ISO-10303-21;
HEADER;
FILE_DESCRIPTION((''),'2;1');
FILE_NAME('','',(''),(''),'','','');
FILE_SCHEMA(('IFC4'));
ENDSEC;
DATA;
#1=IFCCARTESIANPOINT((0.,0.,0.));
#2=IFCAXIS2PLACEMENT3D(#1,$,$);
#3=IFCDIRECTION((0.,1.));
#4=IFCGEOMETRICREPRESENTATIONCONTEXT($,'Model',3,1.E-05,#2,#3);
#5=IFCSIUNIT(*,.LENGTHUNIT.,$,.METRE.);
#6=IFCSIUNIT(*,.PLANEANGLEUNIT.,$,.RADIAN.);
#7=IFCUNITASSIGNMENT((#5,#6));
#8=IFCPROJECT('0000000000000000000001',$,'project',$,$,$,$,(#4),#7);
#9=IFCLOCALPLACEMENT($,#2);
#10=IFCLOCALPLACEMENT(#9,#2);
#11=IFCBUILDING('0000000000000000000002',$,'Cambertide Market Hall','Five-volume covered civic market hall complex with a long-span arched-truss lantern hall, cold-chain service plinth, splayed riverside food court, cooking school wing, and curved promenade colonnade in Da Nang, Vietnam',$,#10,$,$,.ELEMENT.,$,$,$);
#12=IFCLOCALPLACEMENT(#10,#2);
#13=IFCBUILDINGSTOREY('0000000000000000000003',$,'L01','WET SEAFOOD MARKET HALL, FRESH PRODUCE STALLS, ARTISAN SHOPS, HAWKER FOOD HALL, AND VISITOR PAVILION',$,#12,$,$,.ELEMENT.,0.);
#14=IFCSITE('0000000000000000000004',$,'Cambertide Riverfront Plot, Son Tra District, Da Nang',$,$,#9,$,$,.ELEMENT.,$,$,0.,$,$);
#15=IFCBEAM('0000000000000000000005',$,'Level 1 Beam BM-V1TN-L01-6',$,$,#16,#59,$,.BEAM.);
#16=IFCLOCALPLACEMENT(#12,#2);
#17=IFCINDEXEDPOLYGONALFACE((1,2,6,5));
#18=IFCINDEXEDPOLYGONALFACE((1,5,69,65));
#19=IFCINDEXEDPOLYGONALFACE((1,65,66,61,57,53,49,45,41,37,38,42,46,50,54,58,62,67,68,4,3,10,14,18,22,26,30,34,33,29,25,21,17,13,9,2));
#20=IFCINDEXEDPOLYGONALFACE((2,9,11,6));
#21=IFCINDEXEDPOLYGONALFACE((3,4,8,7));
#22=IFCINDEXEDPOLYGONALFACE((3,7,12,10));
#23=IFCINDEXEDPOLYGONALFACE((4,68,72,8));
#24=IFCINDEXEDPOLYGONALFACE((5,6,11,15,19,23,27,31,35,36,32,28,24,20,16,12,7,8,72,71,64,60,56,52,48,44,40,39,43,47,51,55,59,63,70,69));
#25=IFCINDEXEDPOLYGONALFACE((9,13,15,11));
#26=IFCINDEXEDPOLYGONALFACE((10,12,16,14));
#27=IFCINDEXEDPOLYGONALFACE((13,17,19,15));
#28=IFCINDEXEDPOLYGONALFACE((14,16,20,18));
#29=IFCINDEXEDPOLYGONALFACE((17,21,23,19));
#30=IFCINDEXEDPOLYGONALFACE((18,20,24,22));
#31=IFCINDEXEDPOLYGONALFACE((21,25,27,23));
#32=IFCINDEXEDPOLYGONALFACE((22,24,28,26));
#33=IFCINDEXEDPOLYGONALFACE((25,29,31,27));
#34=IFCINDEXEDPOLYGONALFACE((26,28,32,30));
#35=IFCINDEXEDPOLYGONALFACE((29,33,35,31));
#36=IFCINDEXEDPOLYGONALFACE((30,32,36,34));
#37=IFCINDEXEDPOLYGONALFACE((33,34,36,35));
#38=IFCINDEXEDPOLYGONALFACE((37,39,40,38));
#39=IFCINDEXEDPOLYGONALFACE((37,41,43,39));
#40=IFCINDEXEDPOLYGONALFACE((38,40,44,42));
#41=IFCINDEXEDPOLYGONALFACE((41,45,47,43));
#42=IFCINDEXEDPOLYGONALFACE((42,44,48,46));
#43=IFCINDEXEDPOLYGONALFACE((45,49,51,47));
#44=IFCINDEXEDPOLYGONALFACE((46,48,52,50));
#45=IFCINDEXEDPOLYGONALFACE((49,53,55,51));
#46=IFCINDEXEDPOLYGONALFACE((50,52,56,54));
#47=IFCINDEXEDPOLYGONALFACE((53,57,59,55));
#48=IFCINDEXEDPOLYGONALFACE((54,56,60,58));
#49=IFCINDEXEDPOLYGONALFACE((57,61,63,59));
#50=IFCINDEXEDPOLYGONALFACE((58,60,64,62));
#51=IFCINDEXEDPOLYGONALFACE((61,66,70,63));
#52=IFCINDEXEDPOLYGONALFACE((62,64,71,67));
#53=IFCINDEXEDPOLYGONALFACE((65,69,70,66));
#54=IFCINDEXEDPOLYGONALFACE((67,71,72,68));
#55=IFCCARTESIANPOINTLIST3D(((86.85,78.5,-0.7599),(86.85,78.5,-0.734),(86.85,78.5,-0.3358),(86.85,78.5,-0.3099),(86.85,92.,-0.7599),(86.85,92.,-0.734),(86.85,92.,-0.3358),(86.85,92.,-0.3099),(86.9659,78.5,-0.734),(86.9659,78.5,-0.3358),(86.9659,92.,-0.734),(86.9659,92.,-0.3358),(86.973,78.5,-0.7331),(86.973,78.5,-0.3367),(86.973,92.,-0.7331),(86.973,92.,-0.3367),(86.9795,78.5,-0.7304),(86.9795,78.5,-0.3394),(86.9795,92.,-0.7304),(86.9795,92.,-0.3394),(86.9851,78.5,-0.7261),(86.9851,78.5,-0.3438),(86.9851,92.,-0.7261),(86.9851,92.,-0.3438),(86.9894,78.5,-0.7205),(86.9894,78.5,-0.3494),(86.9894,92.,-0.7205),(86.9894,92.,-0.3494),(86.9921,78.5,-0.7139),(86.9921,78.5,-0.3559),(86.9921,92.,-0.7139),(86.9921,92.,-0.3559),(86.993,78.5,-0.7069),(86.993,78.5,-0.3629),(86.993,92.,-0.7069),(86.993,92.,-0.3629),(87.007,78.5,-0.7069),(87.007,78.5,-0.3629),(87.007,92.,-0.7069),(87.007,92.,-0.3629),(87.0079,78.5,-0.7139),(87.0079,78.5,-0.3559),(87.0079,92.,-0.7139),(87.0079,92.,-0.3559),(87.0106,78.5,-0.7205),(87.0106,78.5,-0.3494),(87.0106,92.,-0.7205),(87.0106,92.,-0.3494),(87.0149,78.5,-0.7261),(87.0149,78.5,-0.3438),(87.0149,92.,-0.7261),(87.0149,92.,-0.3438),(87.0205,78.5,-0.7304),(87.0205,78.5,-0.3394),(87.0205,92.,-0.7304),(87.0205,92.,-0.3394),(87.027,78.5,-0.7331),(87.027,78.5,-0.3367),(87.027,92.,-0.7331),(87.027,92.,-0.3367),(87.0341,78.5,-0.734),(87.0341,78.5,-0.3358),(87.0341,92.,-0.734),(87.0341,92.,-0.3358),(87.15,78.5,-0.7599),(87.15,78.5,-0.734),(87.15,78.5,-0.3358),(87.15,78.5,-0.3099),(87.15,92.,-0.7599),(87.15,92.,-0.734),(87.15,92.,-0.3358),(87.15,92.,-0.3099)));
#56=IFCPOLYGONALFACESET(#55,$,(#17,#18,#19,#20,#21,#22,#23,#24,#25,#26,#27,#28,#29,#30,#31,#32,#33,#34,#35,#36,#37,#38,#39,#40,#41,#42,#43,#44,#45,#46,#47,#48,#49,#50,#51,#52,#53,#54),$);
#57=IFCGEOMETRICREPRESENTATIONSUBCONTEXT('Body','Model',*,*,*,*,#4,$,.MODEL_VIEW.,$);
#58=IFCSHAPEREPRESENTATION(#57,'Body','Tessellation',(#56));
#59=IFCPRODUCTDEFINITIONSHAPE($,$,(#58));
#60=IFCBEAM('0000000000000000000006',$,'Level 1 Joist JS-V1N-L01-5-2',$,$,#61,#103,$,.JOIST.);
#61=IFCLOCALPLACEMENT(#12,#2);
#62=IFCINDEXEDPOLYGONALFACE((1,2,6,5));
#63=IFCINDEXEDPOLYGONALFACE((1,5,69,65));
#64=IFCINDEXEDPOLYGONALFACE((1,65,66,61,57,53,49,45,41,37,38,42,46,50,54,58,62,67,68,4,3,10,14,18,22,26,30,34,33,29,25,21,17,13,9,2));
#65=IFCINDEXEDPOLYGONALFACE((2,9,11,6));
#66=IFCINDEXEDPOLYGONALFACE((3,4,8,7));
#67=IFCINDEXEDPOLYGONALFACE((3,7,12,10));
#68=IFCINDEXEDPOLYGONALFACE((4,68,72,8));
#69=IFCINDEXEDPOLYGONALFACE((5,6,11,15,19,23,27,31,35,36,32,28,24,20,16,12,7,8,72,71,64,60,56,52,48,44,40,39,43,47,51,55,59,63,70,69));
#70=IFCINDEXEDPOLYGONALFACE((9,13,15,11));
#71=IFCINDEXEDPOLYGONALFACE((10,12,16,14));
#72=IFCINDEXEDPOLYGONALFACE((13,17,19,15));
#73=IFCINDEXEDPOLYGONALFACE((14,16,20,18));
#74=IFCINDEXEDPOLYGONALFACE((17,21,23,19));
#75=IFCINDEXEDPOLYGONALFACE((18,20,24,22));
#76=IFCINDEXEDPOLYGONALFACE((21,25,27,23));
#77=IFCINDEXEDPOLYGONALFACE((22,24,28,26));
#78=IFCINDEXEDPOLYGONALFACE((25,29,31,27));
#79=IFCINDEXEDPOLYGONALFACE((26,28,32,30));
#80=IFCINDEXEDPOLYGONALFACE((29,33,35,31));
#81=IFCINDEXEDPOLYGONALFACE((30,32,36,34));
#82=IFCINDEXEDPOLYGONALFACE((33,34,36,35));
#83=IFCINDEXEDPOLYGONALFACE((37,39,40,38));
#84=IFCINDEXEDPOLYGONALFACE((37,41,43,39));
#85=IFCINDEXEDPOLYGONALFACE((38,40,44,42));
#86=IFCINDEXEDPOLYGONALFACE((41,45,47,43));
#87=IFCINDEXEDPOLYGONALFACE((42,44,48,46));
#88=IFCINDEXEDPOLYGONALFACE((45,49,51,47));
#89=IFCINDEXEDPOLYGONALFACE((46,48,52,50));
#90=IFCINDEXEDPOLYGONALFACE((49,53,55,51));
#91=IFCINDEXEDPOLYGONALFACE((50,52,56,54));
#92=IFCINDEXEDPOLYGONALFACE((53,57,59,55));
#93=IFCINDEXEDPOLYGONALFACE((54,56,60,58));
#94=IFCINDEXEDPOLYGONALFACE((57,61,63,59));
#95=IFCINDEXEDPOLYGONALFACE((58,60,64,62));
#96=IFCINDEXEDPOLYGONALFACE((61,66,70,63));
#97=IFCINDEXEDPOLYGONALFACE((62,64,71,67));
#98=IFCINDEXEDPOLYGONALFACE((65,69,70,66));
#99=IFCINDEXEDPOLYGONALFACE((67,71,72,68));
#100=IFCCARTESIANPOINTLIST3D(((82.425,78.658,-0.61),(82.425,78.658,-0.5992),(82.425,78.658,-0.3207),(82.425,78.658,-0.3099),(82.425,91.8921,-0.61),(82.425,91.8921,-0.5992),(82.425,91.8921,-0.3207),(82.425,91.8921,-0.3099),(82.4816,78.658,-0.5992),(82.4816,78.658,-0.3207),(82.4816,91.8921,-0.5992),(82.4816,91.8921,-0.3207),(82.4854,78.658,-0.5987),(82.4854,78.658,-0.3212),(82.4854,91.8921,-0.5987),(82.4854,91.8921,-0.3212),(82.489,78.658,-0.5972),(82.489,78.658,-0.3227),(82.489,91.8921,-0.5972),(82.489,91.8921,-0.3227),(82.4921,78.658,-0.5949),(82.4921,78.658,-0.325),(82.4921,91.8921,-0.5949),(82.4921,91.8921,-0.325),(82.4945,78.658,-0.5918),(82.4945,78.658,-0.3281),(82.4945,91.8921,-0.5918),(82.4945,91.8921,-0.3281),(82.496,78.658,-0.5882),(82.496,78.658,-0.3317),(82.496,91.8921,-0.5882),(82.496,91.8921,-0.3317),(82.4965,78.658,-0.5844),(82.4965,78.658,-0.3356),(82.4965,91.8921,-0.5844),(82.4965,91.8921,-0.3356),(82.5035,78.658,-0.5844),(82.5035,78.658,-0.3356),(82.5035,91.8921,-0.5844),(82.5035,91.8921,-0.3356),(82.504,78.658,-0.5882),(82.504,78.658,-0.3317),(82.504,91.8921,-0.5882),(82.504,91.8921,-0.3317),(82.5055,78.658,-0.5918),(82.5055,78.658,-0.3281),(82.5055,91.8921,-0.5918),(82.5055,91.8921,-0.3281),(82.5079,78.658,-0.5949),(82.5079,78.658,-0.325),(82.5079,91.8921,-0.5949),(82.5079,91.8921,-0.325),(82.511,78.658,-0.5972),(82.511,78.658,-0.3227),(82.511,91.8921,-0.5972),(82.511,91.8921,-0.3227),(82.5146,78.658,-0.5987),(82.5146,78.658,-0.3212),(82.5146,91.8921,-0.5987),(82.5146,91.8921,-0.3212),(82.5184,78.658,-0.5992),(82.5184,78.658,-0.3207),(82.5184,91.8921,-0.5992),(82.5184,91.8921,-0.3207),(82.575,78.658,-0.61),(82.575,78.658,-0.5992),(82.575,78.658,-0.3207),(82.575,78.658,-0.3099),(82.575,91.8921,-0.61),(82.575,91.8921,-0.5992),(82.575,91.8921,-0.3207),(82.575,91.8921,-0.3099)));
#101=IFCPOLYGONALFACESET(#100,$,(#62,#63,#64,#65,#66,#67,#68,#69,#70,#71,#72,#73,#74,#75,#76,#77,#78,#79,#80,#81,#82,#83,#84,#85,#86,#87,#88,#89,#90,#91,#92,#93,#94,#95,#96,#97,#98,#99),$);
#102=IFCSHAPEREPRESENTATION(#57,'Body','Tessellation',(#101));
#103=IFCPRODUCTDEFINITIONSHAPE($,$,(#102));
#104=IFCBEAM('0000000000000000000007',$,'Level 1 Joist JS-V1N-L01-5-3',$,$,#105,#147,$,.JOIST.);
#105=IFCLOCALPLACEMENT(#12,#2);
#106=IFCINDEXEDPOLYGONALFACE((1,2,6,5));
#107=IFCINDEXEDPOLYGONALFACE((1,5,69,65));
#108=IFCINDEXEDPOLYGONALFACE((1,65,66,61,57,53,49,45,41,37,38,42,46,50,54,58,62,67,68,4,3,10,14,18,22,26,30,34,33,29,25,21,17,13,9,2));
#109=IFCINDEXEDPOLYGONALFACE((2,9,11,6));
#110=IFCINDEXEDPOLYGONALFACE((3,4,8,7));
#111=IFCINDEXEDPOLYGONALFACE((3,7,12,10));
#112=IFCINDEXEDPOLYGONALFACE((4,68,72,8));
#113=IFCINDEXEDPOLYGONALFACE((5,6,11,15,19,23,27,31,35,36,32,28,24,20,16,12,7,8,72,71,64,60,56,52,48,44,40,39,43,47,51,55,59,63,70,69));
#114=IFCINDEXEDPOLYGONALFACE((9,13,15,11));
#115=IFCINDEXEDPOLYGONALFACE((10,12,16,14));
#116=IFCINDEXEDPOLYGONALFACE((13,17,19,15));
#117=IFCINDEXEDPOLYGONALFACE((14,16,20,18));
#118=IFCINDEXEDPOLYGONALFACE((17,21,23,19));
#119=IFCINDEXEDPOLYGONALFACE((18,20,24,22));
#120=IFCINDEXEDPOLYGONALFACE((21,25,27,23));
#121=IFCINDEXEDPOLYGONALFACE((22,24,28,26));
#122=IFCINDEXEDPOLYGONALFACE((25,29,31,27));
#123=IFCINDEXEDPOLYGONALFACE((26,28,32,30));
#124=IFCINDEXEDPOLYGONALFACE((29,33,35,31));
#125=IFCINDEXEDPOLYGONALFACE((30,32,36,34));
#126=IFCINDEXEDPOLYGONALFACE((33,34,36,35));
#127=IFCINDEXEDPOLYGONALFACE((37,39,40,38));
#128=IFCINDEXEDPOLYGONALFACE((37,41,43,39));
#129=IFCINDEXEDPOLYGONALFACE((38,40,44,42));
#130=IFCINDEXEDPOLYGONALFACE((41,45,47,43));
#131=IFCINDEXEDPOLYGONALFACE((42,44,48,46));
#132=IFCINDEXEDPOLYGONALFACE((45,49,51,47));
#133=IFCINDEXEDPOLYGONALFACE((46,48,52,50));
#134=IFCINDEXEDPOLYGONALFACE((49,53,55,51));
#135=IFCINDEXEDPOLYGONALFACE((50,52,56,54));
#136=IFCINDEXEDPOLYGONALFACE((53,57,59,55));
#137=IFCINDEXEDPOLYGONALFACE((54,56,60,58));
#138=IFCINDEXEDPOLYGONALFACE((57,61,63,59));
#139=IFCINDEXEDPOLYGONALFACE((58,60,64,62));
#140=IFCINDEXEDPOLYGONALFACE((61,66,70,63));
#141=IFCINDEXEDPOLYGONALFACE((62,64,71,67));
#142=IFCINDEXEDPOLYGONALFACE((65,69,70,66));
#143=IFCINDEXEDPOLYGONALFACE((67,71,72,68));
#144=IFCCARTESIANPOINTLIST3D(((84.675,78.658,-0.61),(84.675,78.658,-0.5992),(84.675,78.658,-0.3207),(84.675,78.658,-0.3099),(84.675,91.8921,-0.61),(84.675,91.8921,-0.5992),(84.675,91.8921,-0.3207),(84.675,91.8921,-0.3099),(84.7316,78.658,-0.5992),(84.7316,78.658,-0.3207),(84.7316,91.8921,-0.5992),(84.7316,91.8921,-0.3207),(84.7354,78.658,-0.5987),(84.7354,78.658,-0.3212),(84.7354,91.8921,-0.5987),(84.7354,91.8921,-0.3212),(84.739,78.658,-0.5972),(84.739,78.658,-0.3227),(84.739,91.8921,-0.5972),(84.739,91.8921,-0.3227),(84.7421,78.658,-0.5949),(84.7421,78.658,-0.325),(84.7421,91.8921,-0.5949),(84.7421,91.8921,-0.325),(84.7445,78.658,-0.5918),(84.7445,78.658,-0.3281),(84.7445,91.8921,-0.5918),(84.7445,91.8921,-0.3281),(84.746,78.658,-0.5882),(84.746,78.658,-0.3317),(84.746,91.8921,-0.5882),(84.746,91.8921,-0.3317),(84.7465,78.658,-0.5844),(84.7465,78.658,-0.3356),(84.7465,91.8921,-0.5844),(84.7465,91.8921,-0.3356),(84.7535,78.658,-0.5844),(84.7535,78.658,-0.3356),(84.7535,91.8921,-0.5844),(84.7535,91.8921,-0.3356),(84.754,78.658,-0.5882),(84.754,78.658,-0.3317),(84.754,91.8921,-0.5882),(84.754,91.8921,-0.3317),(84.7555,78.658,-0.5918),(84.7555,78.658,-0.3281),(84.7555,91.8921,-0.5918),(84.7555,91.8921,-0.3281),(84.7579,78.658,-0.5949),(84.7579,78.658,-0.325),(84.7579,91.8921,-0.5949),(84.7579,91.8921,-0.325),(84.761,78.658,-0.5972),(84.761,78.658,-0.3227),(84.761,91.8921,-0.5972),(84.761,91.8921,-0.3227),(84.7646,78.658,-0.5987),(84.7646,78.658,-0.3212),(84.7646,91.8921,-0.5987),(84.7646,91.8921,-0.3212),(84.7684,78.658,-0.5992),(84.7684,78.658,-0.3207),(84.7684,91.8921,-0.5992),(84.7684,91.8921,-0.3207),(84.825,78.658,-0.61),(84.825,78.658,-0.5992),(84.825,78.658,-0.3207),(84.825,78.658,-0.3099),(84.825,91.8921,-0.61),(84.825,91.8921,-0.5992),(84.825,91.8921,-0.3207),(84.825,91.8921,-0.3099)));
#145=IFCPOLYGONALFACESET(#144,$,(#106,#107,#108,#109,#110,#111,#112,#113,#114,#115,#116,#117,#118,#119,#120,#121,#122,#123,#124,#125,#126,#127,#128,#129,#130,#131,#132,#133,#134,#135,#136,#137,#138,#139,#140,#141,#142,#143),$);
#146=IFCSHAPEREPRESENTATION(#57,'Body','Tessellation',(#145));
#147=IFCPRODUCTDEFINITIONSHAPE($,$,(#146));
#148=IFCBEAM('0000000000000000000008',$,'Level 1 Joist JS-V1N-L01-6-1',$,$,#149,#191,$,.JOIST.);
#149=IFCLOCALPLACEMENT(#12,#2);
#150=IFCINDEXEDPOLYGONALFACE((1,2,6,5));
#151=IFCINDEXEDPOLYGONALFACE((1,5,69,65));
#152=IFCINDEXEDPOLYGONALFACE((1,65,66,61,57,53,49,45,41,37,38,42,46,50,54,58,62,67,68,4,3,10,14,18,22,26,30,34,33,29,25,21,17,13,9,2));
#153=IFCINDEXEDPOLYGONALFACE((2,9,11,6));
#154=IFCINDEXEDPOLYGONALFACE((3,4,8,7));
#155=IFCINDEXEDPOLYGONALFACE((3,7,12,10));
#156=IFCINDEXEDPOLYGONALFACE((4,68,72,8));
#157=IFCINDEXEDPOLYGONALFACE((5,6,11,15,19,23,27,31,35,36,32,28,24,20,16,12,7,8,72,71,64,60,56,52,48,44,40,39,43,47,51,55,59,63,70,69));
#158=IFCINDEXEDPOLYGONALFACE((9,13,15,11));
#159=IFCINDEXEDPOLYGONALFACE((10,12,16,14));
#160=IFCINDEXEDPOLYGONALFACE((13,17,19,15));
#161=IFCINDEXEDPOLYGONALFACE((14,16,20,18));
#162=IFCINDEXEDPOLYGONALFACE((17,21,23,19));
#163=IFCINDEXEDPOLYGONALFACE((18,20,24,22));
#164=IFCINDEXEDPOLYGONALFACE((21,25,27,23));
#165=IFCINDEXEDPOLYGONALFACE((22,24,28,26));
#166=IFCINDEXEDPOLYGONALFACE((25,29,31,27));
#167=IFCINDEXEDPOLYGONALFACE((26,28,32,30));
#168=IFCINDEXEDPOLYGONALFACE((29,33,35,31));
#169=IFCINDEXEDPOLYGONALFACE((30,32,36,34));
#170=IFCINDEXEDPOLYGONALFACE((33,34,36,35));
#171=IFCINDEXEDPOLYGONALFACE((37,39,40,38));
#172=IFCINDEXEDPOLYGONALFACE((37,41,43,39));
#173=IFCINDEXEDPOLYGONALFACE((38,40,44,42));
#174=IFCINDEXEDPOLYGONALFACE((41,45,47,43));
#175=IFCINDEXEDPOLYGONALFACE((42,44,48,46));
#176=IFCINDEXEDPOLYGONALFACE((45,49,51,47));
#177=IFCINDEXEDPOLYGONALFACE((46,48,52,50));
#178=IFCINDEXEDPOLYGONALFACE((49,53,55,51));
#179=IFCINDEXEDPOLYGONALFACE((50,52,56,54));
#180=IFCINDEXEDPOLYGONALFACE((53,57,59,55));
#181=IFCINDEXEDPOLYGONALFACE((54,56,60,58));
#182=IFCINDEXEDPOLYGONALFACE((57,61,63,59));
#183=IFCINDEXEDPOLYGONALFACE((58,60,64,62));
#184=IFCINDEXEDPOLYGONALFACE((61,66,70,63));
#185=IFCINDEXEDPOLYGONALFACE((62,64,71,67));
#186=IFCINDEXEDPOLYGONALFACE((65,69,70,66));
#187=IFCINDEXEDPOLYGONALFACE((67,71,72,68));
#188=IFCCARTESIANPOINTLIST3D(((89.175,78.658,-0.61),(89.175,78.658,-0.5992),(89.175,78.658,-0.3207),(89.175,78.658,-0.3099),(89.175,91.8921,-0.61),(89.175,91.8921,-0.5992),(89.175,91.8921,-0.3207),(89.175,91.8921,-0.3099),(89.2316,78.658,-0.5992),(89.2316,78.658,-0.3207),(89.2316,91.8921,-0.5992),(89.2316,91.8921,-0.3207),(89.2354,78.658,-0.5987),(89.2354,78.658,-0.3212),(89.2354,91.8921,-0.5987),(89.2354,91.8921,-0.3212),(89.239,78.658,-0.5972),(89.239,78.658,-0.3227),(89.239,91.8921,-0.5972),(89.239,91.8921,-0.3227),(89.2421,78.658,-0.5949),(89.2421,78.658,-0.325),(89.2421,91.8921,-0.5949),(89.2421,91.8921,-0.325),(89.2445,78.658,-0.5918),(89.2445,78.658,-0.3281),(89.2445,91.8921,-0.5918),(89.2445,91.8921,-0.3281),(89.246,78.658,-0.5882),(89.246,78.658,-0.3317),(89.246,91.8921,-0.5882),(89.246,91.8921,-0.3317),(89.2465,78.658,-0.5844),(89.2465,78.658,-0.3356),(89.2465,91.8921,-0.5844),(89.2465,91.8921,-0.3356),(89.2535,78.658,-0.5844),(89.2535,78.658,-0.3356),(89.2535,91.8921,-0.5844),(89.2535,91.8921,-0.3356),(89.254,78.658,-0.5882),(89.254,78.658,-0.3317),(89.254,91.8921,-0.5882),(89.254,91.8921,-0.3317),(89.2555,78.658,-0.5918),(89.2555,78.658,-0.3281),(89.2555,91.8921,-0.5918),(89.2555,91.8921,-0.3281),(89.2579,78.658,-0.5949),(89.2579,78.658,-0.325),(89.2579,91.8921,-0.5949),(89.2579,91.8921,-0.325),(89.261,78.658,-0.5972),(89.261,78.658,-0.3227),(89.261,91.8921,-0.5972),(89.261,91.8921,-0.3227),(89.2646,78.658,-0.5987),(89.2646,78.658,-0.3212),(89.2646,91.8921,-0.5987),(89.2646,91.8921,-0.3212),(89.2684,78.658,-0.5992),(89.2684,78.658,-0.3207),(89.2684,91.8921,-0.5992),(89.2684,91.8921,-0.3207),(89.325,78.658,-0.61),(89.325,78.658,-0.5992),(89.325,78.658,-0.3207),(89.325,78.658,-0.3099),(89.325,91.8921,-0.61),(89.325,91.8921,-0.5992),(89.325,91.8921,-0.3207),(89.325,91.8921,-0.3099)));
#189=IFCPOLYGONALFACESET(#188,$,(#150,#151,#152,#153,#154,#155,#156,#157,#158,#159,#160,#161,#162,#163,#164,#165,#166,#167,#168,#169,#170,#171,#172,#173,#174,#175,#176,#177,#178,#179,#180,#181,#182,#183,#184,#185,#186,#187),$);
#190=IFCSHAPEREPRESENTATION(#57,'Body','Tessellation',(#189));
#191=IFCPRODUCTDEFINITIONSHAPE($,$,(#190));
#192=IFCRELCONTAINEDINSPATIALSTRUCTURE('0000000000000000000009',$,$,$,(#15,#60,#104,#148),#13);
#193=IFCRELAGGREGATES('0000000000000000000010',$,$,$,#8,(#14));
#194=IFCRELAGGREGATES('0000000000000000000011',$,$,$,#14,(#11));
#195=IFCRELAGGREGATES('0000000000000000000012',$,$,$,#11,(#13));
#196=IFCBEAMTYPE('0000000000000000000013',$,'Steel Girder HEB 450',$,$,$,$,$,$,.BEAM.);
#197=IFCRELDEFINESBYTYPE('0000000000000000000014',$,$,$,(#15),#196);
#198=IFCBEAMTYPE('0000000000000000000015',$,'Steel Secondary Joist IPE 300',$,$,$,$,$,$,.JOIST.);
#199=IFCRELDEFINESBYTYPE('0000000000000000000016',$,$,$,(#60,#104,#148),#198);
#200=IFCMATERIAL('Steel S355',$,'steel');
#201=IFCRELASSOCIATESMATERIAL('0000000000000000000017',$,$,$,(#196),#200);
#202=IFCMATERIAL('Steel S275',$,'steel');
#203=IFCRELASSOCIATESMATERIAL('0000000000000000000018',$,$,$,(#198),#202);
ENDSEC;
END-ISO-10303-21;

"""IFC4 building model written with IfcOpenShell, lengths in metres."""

from ifc_helpers import new_model, si_unit, direction, frame, origin, origin_2d, place, context, subcontext, project, spatial, i_section, extrude, material, material_profile, profile_set, type_object, element, save


model = new_model("IFC4")

# Units and contexts
model_context = context("Model", 3, precision=1e-05, world=origin(), true_north=direction((0.0, 1.0)))
body_context = subcontext(model_context, "Body", "Model", "MODEL_VIEW")
ifc_project = project(units=[si_unit("LENGTHUNIT", "METRE"), si_unit("PLANEANGLEUNIT", "RADIAN")], contexts=[model_context])

# Site, building, storey
site_placement = place(None, origin())
site = spatial("IfcSite", under=ifc_project, at=site_placement, Name="Cambertide Riverfront Plot, Son Tra District, Da Nang", CompositionType="ELEMENT", RefElevation=0.0)
building_placement = place(site_placement, origin())
building = spatial("IfcBuilding", under=site, at=building_placement, Name="Cambertide Market Hall", Description="Five-volume covered civic market hall complex with a long-span arched-truss lantern hall, cold-chain service plinth, splayed riverside food court, cooking school wing, and curved promenade colonnade in Da Nang, Vietnam", CompositionType="ELEMENT")
storey_placement = place(building_placement, origin())
storey = spatial("IfcBuildingStorey", under=building, at=storey_placement, Name="L01", Description="WET SEAFOOD MARKET HALL, FRESH PRODUCE STALLS, ARTISAN SHOPS, HAWKER FOOD HALL, AND VISITOR PAVILION", CompositionType="ELEMENT", Elevation=0.0)

# Beams
ifc_material_1 = material(Name="Steel S355", Category="steel")
ifc_material_profile_1 = material_profile(ifc_material_1, i_section(OverallWidth=0.3, OverallDepth=0.45, WebThickness=0.0139, FlangeThickness=0.0259, FilletRadius=0.0271, at=origin_2d()), Name="HEB 450")
ifc_profile_set_1 = profile_set([ifc_material_profile_1], Name="Steel S355")
beam_type_1 = type_object("IfcBeamType", Name="Steel Girder HEB 450", PredefinedType="BEAM", material=ifc_profile_set_1)
beam_1_placement = place(storey_placement, frame((87.0, 78.5, -0.5349), z_axis=(0.0, 1.0, 0.0), x_axis=(-1.0, 0.0, 0.0)))
element("IfcBeam", 1, at=beam_1_placement, inside=storey, type_object=beam_type_1, Name="Level 1 Beam BM-V1TN-L01-6", PredefinedType="BEAM", context=body_context, shape_type="SweptSolid", body=[
    extrude(i_section(OverallWidth=0.3, OverallDepth=0.45, WebThickness=0.0139, FlangeThickness=0.0259, FilletRadius=0.0271, at=origin_2d()), origin(), (0.0, 0.0, 1.0), 13.5),
])
ifc_material_2 = material(Name="Steel S275", Category="steel")
ifc_material_profile_2 = material_profile(ifc_material_2, i_section(OverallWidth=0.1499, OverallDepth=0.3, WebThickness=0.0071, FlangeThickness=0.0107, FilletRadius=0.0149, at=origin_2d()), Name="IPE 300")
ifc_profile_set_2 = profile_set([ifc_material_profile_2], Name="Steel S275")
beam_type_2 = type_object("IfcBeamType", Name="Steel Secondary Joist IPE 300", PredefinedType="JOIST", material=ifc_profile_set_2)
for number, where, z_axis, x_axis, name in (
    (2, (82.5, 78.658, -0.46), (0.0, 1.0, 0.0), (-1.0, 0.0, 0.0), "Level 1 Joist JS-V1N-L01-5-2"),
    (3, (84.75, 78.658, -0.46), (0.0, 1.0, 0.0), (-1.0, 0.0, 0.0), "Level 1 Joist JS-V1N-L01-5-3"),
    (4, (89.25, 78.658, -0.46), (0.0, 1.0, 0.0), (-1.0, 0.0, 0.0), "Level 1 Joist JS-V1N-L01-6-1"),
):
    element("IfcBeam", number, at=place(storey_placement, frame(where, z_axis=z_axis, x_axis=x_axis)), inside=storey, type_object=beam_type_2, Name=name, PredefinedType="JOIST", context=body_context, shape_type="SweptSolid", body=[
        extrude(i_section(OverallWidth=0.1499, OverallDepth=0.3, WebThickness=0.0071, FlangeThickness=0.0107, FilletRadius=0.0149, at=origin_2d()), origin(), (0.0, 0.0, 1.0), 13.2341),
    ])

save(model, "model.ifc")
